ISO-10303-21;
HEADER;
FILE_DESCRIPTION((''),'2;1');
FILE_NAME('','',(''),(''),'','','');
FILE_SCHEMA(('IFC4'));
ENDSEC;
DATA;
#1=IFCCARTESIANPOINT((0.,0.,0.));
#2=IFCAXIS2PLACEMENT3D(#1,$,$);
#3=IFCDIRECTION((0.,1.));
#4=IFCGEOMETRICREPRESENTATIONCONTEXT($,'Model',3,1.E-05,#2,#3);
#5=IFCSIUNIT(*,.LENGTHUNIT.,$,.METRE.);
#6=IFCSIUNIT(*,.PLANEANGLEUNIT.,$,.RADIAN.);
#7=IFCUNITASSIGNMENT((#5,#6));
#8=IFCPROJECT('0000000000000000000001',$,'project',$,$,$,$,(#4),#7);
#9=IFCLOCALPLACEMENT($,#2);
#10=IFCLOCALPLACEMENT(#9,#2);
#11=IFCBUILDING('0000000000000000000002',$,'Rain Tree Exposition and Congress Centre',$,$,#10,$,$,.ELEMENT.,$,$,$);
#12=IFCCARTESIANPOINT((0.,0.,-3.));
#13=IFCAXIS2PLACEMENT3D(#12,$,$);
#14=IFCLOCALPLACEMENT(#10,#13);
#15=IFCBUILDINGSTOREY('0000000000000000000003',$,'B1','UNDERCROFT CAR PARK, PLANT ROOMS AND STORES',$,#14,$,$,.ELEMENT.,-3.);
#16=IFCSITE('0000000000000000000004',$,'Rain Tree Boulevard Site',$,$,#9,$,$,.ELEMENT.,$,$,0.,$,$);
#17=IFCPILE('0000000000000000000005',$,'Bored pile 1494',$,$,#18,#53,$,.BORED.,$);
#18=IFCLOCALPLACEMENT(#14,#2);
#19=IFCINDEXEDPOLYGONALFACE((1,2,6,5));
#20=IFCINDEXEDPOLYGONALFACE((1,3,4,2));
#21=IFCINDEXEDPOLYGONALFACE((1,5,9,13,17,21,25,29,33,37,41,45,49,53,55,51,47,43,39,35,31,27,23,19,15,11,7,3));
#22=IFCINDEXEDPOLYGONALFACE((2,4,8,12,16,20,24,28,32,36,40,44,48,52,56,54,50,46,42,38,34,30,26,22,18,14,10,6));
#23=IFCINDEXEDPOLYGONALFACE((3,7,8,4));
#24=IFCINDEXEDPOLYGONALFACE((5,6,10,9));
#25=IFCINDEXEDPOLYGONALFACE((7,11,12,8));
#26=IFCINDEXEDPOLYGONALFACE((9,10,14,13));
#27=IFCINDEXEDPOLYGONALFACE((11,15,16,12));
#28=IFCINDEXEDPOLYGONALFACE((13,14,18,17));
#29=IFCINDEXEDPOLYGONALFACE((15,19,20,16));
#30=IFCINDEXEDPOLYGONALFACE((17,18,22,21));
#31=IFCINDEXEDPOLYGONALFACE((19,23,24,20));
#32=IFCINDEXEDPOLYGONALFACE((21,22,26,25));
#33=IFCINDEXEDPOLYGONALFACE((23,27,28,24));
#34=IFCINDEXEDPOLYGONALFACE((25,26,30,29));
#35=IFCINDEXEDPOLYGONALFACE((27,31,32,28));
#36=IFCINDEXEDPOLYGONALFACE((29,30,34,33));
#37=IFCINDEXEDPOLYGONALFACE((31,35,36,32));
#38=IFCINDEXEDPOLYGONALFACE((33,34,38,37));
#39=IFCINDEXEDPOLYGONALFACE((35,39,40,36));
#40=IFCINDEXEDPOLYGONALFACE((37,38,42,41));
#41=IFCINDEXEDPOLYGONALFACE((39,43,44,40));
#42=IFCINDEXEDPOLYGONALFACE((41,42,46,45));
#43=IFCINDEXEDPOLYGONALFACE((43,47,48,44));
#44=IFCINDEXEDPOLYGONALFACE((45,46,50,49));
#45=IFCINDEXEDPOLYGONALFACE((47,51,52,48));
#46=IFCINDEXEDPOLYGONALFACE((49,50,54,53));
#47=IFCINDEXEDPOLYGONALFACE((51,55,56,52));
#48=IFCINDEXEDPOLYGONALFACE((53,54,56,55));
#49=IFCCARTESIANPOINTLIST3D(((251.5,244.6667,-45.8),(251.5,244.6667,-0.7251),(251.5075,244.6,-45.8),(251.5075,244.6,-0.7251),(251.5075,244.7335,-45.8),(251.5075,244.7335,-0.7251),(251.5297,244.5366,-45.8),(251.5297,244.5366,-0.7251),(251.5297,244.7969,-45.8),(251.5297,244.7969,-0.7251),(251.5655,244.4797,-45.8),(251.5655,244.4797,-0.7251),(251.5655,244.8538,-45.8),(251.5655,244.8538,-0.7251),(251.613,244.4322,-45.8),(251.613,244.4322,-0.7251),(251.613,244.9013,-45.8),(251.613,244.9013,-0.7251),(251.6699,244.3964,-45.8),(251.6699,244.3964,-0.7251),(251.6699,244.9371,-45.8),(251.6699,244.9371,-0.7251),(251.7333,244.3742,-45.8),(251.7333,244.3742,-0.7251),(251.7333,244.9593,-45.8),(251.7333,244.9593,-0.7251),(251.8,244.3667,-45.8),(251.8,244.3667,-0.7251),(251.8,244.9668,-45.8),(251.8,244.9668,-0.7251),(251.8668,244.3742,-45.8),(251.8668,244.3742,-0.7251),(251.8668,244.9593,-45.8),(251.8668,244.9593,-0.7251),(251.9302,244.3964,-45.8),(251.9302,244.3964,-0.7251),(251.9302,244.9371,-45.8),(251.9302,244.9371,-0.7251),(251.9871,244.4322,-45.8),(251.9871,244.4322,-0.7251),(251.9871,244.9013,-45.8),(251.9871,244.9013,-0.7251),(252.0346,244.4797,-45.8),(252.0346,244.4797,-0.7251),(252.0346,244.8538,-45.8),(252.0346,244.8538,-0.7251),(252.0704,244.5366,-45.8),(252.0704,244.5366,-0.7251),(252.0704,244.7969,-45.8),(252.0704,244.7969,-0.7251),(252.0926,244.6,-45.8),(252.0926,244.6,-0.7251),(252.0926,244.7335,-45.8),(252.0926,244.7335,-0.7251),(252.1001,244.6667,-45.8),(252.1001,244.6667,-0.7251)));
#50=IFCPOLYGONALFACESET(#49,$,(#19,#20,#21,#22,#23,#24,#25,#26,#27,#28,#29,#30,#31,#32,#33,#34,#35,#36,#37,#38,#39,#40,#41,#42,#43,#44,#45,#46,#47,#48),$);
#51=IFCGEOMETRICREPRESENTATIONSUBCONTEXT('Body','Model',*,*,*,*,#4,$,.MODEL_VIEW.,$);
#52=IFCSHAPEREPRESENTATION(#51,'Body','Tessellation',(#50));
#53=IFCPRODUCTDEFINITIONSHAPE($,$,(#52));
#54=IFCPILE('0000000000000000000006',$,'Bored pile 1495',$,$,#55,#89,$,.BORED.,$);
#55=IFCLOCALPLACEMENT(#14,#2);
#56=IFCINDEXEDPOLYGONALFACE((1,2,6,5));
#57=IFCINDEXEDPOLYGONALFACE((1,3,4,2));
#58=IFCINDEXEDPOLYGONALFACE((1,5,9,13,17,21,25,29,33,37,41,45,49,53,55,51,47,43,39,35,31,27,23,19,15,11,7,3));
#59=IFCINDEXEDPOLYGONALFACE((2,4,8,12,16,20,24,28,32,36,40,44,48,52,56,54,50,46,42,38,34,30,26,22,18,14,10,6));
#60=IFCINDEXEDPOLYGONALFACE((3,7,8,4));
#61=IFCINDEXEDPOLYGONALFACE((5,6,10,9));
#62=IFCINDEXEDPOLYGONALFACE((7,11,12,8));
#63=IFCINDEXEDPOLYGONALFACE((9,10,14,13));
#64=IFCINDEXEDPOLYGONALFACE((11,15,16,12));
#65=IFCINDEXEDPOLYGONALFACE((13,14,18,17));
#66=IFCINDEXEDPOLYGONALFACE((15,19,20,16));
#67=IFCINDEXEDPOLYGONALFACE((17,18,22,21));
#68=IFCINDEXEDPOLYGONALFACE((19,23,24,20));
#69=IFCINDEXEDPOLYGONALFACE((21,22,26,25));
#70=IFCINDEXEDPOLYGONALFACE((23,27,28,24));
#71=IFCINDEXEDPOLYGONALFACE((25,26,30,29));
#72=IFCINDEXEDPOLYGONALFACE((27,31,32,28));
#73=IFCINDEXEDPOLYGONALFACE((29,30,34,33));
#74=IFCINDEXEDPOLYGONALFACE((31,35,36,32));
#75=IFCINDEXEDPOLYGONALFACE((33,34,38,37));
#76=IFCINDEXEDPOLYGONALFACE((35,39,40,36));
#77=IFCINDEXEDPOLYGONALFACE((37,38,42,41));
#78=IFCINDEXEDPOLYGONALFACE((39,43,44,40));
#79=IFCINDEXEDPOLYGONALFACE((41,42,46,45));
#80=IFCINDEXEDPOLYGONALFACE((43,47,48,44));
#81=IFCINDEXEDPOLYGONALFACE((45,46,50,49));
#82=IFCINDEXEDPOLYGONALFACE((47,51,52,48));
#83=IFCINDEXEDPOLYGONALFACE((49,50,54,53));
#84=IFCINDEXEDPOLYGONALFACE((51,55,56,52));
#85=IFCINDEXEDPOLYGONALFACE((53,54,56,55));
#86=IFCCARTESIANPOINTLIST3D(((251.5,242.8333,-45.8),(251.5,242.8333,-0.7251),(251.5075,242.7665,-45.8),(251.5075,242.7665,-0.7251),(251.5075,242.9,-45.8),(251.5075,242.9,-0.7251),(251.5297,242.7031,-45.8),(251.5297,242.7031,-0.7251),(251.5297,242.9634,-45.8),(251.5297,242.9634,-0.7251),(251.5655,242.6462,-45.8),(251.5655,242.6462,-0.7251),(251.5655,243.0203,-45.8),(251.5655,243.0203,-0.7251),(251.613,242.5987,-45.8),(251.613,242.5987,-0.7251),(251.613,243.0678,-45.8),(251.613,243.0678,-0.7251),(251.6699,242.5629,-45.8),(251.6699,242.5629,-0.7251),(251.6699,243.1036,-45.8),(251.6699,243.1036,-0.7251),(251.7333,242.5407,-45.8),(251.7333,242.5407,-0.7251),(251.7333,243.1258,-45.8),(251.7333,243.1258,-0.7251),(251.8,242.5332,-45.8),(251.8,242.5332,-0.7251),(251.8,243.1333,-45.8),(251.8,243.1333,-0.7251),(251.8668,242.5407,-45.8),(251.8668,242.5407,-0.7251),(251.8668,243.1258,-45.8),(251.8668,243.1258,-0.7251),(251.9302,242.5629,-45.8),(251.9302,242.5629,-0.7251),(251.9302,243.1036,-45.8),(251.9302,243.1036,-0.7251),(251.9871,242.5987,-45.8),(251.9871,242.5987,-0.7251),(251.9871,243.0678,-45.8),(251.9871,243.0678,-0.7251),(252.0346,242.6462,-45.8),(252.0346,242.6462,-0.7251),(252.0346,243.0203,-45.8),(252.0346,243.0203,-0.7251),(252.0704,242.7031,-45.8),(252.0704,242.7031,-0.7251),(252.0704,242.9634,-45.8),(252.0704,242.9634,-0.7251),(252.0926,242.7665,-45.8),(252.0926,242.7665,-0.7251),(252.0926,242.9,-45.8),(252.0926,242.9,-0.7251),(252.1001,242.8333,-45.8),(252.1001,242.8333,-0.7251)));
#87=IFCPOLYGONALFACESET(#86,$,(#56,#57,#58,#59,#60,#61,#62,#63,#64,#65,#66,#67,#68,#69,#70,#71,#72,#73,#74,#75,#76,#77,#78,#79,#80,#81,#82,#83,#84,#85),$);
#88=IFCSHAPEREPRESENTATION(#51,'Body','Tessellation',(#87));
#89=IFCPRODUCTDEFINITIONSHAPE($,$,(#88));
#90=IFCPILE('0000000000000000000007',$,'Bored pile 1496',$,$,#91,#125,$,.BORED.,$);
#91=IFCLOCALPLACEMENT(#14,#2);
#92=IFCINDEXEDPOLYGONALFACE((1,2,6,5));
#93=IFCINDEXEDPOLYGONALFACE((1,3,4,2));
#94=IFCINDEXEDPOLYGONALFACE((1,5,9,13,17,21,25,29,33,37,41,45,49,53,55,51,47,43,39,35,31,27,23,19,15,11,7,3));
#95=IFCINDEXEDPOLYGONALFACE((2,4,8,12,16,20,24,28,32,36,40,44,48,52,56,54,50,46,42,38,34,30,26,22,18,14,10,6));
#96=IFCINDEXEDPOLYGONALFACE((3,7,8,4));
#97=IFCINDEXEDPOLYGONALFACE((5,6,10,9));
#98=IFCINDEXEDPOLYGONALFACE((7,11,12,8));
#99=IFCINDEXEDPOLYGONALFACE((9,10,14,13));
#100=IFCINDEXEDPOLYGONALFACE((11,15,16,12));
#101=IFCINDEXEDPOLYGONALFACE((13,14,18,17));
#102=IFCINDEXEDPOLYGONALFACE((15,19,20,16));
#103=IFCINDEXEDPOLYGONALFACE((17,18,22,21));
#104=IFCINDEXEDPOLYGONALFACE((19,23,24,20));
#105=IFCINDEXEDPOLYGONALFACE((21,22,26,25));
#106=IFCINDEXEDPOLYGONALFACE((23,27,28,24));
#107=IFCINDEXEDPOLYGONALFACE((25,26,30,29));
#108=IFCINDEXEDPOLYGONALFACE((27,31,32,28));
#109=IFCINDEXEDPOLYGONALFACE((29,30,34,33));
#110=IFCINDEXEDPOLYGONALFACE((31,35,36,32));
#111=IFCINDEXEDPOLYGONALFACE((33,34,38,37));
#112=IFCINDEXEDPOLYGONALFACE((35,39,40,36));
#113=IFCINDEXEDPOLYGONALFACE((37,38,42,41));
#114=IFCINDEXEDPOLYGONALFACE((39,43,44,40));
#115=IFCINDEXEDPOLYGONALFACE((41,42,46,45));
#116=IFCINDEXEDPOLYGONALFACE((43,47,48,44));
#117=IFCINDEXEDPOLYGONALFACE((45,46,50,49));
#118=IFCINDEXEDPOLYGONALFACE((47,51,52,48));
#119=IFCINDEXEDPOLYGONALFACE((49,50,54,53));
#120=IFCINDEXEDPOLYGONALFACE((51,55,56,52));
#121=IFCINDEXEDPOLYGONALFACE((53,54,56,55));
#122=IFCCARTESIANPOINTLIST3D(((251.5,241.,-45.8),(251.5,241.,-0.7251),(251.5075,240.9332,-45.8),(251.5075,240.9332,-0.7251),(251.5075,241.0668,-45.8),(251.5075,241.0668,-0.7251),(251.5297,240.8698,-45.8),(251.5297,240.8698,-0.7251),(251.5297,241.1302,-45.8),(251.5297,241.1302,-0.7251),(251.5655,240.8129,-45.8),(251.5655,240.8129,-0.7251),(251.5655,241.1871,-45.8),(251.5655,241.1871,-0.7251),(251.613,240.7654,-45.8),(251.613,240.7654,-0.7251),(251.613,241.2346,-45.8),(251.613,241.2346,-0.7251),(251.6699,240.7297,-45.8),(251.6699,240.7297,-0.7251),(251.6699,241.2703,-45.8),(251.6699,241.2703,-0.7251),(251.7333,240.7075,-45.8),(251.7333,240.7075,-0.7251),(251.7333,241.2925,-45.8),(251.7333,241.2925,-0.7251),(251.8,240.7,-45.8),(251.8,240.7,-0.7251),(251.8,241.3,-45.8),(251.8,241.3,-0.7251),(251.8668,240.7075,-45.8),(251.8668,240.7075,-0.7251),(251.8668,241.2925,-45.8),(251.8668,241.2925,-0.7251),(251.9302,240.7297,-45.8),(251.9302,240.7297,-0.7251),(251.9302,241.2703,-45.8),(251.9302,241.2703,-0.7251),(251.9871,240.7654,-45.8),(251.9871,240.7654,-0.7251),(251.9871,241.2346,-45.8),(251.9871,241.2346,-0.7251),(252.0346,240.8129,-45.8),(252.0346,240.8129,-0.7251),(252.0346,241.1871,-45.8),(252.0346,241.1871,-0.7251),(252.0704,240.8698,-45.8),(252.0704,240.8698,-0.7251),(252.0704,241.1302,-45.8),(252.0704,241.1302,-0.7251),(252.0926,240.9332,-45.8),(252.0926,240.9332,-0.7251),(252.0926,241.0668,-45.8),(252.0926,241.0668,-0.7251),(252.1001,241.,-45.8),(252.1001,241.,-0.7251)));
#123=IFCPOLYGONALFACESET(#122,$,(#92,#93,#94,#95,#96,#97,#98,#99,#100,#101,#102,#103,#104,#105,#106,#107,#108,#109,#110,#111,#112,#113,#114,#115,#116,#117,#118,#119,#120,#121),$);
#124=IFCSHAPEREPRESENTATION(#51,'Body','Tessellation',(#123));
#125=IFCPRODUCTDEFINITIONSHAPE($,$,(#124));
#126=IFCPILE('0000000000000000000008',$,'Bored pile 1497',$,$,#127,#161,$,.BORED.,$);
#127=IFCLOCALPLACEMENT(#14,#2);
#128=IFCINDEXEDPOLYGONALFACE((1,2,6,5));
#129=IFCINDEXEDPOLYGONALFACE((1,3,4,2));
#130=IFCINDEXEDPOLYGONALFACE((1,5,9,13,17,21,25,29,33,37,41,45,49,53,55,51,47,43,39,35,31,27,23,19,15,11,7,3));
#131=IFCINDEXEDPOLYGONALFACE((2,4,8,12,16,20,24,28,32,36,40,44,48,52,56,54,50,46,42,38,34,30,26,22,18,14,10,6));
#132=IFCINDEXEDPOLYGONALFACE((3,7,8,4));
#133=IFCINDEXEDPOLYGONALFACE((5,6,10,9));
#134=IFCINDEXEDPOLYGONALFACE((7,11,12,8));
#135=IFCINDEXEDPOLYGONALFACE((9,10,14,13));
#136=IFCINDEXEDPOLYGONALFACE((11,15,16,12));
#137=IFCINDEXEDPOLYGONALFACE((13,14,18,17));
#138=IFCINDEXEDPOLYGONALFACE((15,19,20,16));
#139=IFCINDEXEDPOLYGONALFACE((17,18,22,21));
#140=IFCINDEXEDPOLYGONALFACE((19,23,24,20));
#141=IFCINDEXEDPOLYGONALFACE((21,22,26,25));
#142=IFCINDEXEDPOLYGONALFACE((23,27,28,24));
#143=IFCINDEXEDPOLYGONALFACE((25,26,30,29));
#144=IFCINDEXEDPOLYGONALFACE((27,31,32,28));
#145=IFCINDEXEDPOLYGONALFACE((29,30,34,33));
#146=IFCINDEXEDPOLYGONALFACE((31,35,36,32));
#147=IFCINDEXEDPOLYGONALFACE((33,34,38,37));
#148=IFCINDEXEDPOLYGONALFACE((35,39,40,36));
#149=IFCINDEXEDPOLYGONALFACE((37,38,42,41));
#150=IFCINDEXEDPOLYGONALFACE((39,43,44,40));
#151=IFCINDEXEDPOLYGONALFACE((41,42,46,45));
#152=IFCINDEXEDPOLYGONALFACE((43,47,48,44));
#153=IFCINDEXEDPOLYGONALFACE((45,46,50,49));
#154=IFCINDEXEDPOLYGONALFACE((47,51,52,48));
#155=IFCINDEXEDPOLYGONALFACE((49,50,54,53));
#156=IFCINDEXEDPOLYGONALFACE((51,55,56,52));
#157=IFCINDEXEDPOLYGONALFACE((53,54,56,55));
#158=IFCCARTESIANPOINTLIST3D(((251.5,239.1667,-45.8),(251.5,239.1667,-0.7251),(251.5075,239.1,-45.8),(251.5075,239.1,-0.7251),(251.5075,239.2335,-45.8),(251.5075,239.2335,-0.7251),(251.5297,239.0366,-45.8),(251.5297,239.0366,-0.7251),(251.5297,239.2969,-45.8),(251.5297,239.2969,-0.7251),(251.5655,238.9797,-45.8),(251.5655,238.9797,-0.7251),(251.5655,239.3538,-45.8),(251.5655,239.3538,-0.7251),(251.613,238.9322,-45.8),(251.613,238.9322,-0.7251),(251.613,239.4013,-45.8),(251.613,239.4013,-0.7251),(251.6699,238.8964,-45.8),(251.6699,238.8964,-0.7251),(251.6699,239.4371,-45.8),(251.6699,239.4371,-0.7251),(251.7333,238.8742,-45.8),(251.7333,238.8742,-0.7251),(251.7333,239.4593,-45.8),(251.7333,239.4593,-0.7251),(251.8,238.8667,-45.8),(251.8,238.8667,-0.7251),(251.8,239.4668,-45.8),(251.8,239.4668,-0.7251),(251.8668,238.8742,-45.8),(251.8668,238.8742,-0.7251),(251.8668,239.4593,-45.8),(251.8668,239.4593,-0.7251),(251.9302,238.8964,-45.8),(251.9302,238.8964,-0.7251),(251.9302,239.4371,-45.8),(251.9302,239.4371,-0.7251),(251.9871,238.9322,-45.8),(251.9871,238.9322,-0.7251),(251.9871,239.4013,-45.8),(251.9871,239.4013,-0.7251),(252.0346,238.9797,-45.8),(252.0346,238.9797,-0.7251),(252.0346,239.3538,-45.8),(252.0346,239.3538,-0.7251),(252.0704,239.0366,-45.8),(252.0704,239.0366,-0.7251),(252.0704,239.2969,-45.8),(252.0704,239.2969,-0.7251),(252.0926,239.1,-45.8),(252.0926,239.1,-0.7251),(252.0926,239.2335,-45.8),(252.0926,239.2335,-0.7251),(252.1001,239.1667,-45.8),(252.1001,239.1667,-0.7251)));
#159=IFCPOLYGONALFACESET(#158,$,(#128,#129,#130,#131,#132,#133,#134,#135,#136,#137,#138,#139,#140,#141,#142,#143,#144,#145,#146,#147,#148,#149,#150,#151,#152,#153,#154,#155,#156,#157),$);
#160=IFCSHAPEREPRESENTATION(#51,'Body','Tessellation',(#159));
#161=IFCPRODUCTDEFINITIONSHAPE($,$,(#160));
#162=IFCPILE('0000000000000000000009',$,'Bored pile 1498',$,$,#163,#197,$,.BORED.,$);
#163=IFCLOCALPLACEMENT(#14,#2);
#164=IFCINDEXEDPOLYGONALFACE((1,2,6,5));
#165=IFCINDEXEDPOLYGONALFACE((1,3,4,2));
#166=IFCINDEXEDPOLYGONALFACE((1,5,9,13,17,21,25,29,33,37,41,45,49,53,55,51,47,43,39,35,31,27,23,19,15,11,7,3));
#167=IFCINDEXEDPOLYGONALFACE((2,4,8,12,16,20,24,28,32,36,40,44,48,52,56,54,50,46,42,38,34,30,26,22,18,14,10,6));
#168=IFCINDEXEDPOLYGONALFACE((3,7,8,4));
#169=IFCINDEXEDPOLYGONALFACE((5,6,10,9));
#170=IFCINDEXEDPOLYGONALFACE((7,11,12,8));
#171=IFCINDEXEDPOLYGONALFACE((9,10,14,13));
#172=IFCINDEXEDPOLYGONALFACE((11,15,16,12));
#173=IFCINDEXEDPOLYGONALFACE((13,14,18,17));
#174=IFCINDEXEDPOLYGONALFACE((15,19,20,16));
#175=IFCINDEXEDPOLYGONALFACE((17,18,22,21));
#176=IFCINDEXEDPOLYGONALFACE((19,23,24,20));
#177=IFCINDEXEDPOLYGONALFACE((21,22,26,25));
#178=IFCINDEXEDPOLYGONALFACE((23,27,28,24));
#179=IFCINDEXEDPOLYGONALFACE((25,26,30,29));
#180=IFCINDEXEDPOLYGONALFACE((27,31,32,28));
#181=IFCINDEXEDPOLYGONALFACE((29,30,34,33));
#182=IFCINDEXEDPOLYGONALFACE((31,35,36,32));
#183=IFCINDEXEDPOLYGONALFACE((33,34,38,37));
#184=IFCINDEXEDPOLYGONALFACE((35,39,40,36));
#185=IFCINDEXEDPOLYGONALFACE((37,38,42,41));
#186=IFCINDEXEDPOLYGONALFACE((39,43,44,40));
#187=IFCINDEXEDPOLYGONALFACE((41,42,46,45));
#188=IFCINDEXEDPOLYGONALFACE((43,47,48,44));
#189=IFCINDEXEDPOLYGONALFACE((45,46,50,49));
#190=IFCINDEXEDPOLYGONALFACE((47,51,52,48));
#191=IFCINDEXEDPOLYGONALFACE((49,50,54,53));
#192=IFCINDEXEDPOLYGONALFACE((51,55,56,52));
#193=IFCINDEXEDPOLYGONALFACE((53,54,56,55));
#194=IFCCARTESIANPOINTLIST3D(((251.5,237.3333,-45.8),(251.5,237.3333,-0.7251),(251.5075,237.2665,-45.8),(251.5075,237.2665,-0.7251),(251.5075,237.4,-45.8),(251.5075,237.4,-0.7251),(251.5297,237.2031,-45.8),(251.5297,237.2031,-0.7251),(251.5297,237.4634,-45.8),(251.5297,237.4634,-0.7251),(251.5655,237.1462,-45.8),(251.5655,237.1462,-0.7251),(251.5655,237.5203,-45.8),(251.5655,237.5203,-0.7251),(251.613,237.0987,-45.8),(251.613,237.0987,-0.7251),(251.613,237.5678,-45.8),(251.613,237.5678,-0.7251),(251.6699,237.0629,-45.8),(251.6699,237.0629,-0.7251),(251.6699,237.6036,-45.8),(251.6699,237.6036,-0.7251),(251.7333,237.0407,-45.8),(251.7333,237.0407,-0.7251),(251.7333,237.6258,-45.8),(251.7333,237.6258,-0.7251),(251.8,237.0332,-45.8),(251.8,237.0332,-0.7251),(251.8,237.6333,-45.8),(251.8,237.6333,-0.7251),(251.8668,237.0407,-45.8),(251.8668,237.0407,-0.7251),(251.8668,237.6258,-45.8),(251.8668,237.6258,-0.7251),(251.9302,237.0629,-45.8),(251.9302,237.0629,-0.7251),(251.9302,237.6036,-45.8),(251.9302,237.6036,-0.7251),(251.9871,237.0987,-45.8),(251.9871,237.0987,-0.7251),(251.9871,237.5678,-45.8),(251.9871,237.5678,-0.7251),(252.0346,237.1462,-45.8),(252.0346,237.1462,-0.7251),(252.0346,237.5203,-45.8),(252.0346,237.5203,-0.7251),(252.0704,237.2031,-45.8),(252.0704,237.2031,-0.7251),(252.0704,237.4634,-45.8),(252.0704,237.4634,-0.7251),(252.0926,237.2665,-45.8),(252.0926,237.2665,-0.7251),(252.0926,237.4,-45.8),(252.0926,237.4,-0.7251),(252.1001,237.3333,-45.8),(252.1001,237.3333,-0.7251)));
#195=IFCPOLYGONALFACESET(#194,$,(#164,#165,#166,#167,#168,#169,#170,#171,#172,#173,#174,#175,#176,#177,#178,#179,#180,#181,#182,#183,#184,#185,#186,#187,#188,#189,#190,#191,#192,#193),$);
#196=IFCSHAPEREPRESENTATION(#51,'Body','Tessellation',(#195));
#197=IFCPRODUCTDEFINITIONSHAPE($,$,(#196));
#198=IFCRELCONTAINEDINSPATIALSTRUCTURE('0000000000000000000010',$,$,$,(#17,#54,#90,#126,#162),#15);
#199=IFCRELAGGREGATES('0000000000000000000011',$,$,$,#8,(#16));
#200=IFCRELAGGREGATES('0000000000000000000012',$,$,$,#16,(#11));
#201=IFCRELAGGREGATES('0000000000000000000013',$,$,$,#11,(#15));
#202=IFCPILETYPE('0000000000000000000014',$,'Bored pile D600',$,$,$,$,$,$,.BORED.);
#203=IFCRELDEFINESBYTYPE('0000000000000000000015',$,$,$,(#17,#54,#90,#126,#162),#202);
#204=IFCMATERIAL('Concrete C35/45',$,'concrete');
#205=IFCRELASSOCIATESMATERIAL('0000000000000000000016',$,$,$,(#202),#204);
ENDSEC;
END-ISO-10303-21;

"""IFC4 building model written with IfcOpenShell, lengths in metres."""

from ifc_helpers import new_model, si_unit, direction, frame, origin, origin_2d, place, context, subcontext, project, spatial, circle, extrude, material, material_profile, profile_set, type_object, element, save


model = new_model("IFC4")

# Units and contexts
model_context = context("Model", 3, precision=1e-05, world=origin(), true_north=direction((0.0, 1.0)))
body_context = subcontext(model_context, "Body", "Model", "MODEL_VIEW")
ifc_project = project(units=[si_unit("LENGTHUNIT", "METRE"), si_unit("PLANEANGLEUNIT", "RADIAN")], contexts=[model_context])

# Site, building, storey
site_placement = place(None, origin())
site = spatial("IfcSite", under=ifc_project, at=site_placement, Name="Rain Tree Boulevard Site", CompositionType="ELEMENT", RefElevation=0.0)
building_placement = place(site_placement, origin())
building = spatial("IfcBuilding", under=site, at=building_placement, Name="Rain Tree Exposition and Congress Centre", CompositionType="ELEMENT")
storey_placement = place(building_placement, frame((0.0, 0.0, -3.0)))
storey = spatial("IfcBuildingStorey", under=building, at=storey_placement, Name="B1", Description="UNDERCROFT CAR PARK, PLANT ROOMS AND STORES", CompositionType="ELEMENT", Elevation=-3.0)

# Piles
ifc_material_1 = material(Name="Concrete C35/45", Category="concrete")
ifc_material_profile_1 = material_profile(ifc_material_1, circle(Radius=0.3, at=origin_2d()), Name="D600")
ifc_profile_set_1 = profile_set([ifc_material_profile_1], Name="Concrete C35/45")
pile_type_1 = type_object("IfcPileType", Name="Bored pile D600", PredefinedType="BORED", material=ifc_profile_set_1)
for number, where, z_axis, x_axis, name in (
    (1, (251.8, 244.6667, -0.7251), (0.0, 0.0, -1.0), (1.0, 0.0, 0.0), "Bored pile 1494"),
    (2, (251.8, 242.8333, -0.7251), (0.0, 0.0, -1.0), (1.0, 0.0, 0.0), "Bored pile 1495"),
    (3, (251.8, 241.0, -0.7251), (0.0, 0.0, -1.0), (1.0, 0.0, 0.0), "Bored pile 1496"),
    (4, (251.8, 239.1667, -0.7251), (0.0, 0.0, -1.0), (1.0, 0.0, 0.0), "Bored pile 1497"),
    (5, (251.8, 237.3333, -0.7251), (0.0, 0.0, -1.0), (1.0, 0.0, 0.0), "Bored pile 1498"),
):
    element("IfcPile", number, at=place(storey_placement, frame(where, z_axis=z_axis, x_axis=x_axis)), inside=storey, type_object=pile_type_1, Name=name, PredefinedType="BORED", context=body_context, shape_type="SweptSolid", body=[
        extrude(circle(Radius=0.3, at=origin_2d()), origin(), (0.0, 0.0, 1.0), 45.075),
    ])

save(model, "model.ifc")
